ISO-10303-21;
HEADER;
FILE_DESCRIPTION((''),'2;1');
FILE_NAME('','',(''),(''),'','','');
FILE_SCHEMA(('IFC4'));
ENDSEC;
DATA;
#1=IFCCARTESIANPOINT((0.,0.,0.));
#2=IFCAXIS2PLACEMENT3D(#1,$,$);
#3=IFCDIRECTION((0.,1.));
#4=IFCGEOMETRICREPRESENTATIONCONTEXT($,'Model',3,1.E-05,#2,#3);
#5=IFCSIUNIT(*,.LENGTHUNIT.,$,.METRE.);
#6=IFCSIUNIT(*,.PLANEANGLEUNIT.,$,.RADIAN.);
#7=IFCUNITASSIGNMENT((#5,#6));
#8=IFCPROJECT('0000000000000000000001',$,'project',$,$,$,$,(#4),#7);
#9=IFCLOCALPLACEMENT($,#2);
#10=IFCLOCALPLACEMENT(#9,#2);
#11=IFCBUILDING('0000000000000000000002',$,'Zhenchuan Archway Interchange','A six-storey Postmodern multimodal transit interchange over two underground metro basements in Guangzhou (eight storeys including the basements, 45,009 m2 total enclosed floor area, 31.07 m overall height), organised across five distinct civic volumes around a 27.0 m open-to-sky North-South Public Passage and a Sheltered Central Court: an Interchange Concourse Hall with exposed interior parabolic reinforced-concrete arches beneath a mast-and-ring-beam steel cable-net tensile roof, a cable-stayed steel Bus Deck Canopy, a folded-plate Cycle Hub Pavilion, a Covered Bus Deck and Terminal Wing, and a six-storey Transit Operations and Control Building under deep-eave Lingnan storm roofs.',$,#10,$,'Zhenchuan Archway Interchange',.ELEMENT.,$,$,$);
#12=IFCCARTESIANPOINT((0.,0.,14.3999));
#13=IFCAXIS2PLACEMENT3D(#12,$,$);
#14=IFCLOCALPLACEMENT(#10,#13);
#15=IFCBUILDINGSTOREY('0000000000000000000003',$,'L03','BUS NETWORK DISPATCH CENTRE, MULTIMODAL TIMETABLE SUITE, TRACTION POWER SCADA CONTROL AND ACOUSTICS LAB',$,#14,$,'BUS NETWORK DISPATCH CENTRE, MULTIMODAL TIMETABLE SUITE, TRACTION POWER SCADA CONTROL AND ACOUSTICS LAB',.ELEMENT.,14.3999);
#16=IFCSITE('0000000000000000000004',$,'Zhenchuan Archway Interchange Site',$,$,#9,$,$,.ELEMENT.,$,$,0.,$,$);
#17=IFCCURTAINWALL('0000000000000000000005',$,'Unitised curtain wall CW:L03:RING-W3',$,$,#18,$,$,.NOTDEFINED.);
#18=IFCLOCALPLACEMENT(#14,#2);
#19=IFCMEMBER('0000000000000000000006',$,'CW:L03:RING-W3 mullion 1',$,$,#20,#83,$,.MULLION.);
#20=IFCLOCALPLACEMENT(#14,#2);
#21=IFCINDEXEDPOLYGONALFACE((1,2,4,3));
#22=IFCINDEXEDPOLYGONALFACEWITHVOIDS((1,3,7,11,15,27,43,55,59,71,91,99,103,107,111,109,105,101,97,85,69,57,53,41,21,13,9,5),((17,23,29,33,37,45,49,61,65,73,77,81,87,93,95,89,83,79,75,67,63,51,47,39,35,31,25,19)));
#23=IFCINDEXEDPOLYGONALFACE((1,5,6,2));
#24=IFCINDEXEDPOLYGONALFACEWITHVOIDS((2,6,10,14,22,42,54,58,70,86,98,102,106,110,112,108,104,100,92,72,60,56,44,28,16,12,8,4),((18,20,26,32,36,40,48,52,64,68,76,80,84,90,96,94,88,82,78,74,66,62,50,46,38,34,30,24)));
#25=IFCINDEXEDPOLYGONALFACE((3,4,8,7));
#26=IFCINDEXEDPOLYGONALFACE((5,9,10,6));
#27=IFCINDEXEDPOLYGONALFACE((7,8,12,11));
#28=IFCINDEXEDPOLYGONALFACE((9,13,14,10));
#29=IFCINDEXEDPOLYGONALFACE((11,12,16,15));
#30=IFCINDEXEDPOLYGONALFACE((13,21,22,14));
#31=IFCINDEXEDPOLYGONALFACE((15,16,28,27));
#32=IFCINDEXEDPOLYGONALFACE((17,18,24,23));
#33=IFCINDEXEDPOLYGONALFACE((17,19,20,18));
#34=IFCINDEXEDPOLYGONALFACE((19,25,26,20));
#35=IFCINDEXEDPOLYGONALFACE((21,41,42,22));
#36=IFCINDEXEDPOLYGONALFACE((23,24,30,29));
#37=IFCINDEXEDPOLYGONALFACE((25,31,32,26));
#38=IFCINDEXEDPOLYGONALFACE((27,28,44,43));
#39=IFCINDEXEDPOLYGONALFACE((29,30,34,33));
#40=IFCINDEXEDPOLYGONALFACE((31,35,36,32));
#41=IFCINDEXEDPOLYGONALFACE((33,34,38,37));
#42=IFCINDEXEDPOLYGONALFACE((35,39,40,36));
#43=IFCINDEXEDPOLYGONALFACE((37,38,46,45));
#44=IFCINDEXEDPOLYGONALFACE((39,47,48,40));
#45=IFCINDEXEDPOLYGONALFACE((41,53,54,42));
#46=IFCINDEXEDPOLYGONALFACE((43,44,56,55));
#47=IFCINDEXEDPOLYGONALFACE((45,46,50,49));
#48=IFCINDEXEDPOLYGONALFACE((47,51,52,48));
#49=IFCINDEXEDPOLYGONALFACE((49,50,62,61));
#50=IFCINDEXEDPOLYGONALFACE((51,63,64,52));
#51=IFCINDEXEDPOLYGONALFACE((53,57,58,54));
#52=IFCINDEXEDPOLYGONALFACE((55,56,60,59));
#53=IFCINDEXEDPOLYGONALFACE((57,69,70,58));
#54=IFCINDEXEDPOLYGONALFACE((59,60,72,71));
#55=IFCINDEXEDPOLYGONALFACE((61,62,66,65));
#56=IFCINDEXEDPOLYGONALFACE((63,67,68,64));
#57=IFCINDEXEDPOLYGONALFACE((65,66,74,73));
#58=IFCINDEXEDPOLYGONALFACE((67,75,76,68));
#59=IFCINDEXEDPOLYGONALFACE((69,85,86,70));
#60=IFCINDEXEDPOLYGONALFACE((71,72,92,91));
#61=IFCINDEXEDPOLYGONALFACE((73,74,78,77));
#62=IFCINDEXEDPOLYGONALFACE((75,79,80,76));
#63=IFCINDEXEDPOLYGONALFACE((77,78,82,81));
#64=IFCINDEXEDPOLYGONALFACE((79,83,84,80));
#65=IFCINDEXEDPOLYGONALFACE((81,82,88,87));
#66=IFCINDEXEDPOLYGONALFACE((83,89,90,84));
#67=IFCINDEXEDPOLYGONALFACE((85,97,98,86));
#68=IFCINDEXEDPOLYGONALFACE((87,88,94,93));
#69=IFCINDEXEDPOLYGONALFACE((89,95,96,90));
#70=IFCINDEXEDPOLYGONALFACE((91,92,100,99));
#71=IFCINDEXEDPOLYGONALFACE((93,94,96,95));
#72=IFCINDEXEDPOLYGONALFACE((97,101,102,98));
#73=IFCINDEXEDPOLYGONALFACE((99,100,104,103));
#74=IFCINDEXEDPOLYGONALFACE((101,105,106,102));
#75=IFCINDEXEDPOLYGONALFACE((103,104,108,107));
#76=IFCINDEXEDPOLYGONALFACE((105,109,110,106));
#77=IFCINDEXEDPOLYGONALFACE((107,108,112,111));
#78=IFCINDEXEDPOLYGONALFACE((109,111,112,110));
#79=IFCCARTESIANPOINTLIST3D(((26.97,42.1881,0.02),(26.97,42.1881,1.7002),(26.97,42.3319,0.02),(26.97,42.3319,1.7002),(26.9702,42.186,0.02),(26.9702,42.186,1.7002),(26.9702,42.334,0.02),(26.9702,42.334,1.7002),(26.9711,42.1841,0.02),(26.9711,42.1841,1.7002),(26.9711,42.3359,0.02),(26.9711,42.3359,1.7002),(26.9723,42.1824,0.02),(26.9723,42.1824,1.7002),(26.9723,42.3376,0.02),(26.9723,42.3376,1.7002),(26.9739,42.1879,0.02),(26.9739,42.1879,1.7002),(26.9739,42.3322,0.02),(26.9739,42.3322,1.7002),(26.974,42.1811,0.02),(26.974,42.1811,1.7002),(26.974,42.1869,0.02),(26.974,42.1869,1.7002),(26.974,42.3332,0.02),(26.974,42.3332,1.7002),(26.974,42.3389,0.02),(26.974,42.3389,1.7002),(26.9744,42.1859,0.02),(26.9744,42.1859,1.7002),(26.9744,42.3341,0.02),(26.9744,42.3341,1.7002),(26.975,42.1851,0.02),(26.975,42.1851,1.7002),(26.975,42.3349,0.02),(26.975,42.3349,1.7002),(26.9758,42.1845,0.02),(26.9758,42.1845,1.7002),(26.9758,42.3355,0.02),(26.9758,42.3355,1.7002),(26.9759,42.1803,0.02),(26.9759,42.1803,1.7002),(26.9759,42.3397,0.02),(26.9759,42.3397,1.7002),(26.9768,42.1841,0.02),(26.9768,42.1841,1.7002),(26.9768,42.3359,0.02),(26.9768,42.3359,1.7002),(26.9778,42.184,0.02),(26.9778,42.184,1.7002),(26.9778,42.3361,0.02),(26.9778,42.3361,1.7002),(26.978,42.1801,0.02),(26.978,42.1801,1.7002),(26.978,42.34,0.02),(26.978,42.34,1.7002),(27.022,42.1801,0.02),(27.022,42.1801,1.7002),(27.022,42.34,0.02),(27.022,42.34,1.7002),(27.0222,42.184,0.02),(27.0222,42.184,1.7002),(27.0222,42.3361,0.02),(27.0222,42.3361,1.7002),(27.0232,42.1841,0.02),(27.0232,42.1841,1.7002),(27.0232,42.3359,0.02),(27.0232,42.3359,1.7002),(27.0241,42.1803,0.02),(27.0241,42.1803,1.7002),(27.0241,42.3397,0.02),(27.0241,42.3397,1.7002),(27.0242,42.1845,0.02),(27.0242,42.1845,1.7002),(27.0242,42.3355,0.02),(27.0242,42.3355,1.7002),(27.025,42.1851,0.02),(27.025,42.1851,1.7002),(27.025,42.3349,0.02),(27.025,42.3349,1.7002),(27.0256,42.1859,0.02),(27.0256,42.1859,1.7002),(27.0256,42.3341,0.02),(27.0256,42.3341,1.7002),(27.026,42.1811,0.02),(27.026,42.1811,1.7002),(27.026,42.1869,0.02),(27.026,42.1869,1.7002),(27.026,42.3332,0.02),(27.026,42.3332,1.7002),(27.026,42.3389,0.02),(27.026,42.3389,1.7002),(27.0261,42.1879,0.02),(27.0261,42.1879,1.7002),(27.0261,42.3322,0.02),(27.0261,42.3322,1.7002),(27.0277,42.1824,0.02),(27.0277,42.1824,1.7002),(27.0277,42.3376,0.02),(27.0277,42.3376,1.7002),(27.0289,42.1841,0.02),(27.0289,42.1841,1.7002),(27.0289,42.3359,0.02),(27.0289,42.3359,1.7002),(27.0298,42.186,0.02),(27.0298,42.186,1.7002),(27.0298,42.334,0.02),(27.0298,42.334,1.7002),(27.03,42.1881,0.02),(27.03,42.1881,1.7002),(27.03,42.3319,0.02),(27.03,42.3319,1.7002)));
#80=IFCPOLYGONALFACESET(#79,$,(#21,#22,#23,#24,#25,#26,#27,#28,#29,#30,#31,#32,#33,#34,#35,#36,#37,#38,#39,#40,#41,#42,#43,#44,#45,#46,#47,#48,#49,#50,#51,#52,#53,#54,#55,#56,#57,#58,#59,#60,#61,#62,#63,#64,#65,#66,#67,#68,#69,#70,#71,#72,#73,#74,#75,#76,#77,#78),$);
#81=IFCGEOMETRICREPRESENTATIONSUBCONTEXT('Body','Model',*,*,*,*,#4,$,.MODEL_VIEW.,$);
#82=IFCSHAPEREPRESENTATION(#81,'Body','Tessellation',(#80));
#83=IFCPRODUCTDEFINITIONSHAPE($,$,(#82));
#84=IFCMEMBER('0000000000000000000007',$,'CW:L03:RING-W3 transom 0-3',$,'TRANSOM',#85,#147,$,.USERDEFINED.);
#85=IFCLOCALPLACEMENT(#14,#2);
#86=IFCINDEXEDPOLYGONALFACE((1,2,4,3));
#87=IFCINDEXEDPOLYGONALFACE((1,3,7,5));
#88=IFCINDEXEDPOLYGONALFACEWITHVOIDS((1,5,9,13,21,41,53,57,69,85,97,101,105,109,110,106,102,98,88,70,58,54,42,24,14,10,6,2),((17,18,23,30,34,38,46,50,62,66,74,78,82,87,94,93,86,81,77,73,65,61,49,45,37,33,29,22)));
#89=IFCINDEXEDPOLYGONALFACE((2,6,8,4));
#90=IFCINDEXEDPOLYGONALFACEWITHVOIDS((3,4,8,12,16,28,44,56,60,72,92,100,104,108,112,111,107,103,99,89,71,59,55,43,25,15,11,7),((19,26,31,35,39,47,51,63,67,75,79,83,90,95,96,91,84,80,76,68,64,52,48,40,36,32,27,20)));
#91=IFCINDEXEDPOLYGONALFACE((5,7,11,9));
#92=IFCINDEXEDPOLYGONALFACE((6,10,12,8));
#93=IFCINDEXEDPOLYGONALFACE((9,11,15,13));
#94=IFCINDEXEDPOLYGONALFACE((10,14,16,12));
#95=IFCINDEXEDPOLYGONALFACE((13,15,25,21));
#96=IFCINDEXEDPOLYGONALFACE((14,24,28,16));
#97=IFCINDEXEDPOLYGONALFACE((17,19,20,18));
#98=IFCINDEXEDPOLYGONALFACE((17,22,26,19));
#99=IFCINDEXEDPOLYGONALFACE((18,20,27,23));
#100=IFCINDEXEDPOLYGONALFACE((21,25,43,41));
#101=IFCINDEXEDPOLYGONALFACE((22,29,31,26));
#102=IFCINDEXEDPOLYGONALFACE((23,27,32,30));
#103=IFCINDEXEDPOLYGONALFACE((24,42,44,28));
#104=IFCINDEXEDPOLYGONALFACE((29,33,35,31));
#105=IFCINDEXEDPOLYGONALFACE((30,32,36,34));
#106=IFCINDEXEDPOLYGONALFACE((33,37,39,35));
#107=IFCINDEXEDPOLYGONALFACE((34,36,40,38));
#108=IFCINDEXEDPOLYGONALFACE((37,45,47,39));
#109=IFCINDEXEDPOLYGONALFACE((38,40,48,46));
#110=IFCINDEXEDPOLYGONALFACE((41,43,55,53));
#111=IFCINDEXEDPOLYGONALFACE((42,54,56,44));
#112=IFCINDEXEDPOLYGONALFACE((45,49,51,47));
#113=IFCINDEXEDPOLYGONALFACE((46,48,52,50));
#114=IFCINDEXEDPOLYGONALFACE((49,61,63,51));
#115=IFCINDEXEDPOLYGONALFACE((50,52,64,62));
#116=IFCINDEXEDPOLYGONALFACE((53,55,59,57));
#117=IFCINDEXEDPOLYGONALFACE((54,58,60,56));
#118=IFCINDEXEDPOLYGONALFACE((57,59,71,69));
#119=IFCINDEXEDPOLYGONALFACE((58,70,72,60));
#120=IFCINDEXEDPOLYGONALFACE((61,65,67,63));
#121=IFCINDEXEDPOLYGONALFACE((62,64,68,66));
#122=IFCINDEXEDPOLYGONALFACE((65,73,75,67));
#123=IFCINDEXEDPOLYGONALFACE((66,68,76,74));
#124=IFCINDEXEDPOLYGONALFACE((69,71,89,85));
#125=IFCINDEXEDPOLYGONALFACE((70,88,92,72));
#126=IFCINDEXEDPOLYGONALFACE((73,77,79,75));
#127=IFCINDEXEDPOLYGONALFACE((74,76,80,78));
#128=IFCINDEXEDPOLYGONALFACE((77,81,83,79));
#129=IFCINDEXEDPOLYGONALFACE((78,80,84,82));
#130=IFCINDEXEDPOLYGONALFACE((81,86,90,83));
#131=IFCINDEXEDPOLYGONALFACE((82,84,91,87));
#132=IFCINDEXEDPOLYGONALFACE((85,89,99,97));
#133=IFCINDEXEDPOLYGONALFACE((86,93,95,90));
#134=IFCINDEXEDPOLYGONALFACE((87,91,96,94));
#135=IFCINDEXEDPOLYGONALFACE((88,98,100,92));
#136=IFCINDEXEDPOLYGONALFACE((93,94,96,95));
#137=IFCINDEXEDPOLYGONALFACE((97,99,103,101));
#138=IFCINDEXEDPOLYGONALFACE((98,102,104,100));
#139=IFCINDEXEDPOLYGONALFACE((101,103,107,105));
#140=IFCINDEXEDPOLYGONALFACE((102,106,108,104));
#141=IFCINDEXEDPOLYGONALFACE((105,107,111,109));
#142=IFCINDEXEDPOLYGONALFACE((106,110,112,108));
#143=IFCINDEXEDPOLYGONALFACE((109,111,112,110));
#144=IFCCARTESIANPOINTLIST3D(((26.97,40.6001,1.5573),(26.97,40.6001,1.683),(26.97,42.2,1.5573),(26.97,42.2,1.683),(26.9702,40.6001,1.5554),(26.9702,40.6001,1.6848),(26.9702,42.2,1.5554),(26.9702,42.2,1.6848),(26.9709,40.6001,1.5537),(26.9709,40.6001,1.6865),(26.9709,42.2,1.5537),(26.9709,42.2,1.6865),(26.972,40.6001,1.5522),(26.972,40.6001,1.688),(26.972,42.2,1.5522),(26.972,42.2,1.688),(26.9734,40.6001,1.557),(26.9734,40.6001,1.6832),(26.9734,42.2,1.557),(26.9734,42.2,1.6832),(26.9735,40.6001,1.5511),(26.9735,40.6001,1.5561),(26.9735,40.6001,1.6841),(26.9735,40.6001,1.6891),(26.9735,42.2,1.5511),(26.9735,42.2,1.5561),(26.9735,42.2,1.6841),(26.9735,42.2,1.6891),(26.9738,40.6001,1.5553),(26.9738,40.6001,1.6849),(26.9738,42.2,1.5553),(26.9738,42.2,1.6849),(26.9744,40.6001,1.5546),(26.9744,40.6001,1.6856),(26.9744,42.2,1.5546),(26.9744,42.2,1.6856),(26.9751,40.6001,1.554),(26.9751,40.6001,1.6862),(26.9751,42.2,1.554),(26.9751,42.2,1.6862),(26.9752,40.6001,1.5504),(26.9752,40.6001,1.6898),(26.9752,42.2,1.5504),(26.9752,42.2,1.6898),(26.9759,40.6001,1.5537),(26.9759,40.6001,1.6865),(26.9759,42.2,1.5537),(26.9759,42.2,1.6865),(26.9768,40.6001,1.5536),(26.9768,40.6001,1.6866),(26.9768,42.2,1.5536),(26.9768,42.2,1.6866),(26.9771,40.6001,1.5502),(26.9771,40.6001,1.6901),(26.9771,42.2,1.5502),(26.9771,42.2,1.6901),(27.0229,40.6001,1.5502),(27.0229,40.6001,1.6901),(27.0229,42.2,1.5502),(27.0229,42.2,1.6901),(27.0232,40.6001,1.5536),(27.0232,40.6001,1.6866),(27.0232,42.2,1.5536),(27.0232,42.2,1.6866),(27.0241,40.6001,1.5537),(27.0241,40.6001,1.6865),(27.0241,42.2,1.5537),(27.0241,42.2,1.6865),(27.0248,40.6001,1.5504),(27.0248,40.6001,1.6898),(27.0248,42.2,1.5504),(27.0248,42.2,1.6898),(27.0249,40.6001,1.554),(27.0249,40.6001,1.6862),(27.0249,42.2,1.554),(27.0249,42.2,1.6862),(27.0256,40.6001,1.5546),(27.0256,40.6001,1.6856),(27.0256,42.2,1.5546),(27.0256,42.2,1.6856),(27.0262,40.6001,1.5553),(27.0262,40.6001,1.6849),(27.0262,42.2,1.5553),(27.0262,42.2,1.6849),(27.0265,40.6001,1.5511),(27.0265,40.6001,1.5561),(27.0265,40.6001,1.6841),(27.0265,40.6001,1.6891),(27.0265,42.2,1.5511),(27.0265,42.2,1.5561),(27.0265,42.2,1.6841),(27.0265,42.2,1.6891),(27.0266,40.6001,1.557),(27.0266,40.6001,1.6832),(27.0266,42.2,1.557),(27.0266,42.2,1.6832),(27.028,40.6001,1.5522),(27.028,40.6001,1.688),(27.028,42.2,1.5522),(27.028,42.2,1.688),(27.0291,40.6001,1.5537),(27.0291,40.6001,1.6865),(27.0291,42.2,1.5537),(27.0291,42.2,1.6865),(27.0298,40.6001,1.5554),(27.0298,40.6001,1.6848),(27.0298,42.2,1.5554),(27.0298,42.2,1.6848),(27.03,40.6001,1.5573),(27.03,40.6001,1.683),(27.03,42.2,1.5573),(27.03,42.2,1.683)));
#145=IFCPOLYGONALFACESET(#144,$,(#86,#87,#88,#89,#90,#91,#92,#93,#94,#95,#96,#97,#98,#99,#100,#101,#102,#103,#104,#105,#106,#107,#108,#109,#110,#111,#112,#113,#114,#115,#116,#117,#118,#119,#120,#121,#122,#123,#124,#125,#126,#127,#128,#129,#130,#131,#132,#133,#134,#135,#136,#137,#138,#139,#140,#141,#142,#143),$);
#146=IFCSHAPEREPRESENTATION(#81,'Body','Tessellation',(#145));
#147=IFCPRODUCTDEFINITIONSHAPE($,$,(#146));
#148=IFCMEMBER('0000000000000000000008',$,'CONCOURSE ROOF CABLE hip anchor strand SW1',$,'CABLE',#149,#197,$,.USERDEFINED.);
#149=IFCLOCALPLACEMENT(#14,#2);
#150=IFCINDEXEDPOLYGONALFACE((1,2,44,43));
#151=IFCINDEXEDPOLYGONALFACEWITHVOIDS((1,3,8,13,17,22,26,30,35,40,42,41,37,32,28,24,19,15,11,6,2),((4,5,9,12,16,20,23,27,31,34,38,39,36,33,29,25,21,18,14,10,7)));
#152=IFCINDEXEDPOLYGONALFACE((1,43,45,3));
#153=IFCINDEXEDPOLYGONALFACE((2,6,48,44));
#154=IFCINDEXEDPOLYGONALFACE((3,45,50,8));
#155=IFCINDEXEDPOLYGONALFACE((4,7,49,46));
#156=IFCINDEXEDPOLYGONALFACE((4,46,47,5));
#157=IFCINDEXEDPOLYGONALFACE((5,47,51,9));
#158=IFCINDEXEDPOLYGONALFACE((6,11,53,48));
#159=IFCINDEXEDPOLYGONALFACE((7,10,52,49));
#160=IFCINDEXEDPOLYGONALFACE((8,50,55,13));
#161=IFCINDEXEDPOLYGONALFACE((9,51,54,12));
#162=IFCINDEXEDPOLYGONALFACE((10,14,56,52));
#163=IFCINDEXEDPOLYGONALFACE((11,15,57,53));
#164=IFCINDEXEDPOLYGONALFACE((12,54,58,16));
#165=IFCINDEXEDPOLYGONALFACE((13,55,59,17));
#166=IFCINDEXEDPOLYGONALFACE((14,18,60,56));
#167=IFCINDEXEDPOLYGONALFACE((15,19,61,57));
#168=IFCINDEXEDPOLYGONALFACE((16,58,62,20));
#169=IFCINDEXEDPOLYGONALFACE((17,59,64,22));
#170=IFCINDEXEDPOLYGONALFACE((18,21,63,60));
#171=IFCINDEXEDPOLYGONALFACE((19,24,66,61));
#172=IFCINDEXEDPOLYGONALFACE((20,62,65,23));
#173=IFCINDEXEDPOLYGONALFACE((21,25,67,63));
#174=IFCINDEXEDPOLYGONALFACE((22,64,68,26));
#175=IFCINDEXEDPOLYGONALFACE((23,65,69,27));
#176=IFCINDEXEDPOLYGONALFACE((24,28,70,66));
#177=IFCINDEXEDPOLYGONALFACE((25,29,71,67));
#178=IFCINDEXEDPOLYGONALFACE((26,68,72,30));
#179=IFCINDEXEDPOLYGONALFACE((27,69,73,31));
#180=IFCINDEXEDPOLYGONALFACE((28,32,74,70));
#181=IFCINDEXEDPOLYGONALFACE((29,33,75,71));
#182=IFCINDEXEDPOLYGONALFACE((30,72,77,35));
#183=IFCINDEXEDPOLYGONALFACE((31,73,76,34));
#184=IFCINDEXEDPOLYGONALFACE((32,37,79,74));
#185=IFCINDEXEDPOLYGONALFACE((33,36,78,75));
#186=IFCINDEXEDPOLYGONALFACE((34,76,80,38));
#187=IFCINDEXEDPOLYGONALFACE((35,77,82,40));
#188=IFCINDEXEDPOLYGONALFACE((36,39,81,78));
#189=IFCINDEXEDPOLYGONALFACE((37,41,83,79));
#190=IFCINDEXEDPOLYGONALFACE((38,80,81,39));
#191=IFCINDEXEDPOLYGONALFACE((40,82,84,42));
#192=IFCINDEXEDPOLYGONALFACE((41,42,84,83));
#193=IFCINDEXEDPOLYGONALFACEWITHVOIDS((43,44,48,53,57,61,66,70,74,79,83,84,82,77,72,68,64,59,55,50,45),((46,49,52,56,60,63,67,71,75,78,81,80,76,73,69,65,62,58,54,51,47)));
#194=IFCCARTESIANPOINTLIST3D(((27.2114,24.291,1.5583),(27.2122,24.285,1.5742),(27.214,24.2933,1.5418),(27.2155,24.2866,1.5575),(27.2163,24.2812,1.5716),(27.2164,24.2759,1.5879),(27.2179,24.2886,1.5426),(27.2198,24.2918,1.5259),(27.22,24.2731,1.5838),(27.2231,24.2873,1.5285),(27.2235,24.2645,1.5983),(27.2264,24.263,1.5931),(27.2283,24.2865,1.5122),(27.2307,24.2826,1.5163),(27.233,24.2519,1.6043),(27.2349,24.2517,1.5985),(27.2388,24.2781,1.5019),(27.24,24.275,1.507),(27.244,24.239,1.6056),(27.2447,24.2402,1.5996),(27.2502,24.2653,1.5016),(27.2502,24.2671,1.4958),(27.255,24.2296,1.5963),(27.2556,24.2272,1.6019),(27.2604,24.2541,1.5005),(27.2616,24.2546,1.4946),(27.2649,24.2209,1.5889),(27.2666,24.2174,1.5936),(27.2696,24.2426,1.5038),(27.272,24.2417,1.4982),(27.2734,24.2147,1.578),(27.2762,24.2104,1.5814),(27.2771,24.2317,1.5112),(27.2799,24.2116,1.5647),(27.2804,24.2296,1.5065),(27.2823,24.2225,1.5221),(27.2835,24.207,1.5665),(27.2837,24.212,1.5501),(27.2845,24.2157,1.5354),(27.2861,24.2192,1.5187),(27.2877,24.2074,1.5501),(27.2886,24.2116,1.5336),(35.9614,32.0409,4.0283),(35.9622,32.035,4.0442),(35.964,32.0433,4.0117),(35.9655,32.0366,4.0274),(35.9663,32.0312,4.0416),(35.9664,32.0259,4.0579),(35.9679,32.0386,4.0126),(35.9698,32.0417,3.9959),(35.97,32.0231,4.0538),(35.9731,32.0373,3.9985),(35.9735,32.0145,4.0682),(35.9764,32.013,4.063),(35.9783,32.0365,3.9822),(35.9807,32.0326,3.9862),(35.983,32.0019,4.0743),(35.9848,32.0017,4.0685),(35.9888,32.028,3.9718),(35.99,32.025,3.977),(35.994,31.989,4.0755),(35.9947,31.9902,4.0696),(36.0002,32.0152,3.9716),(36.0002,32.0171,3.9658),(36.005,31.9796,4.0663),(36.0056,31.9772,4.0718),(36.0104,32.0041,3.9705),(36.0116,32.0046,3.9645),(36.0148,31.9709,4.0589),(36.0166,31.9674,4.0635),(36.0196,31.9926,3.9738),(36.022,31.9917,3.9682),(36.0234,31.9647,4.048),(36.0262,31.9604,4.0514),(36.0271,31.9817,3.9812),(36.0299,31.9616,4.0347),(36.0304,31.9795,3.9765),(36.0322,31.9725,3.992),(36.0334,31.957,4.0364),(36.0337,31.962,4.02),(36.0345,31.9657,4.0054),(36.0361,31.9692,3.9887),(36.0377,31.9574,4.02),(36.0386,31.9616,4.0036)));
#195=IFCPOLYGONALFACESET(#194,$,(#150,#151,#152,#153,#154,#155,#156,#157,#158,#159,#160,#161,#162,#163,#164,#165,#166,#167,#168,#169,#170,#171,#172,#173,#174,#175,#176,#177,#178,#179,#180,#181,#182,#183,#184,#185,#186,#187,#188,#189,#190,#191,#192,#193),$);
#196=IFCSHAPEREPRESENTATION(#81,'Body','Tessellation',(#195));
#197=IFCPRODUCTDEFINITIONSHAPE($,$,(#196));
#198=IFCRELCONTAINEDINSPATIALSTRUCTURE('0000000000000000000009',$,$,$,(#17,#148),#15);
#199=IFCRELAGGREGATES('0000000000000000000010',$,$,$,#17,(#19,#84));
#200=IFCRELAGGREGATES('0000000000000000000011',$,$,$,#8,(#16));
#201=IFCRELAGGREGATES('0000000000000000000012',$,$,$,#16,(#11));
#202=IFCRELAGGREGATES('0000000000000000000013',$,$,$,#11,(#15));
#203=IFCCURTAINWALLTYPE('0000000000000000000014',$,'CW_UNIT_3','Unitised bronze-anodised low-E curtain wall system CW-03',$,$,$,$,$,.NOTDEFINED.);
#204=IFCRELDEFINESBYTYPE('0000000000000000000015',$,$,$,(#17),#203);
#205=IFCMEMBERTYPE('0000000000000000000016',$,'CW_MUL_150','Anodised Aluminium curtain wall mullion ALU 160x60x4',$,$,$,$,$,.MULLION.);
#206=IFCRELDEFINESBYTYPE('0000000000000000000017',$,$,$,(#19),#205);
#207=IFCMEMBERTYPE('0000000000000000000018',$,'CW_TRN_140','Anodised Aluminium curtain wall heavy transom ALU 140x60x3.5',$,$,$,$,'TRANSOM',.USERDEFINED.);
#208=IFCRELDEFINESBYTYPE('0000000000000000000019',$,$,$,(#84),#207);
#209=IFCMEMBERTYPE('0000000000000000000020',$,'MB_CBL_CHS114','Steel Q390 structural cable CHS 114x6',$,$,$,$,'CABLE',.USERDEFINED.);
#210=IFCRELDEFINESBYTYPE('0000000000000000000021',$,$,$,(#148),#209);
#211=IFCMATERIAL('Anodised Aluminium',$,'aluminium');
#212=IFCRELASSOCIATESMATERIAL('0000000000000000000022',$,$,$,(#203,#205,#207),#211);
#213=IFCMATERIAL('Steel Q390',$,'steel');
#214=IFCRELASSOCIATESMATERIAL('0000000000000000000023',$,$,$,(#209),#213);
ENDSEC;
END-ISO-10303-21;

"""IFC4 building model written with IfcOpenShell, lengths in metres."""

from ifc_helpers import new_model, si_unit, direction, frame, origin, origin_2d, place, context, subcontext, project, spatial, hollow_rectangle, hollow_circle, extrude, material, material_profile, profile_set, type_object, element, aggregate, save


model = new_model("IFC4")

# Units and contexts
model_context = context("Model", 3, precision=1e-05, world=origin(), true_north=direction((0.0, 1.0)))
body_context = subcontext(model_context, "Body", "Model", "MODEL_VIEW")
ifc_project = project(units=[si_unit("LENGTHUNIT", "METRE"), si_unit("PLANEANGLEUNIT", "RADIAN")], contexts=[model_context])

# Site, building, storey
site_placement = place(None, origin())
site = spatial("IfcSite", under=ifc_project, at=site_placement, Name="Zhenchuan Archway Interchange Site", CompositionType="ELEMENT", RefElevation=0.0)
building_placement = place(site_placement, origin())
building = spatial("IfcBuilding", under=site, at=building_placement, Name="Zhenchuan Archway Interchange", Description="A six-storey Postmodern multimodal transit interchange over two underground metro basements in Guangzhou (eight storeys including the basements, 45,009 m2 total enclosed floor area, 31.07 m overall height), organised across five distinct civic volumes around a 27.0 m open-to-sky North-South Public Passage and a Sheltered Central Court: an Interchange Concourse Hall with exposed interior parabolic reinforced-concrete arches beneath a mast-and-ring-beam steel cable-net tensile roof, a cable-stayed steel Bus Deck Canopy, a folded-plate Cycle Hub Pavilion, a Covered Bus Deck and Terminal Wing, and a six-storey Transit Operations and Control Building under deep-eave Lingnan storm roofs.", LongName="Zhenchuan Archway Interchange", CompositionType="ELEMENT")
storey_placement = place(building_placement, frame((0.0, 0.0, 14.3999)))
storey = spatial("IfcBuildingStorey", under=building, at=storey_placement, Name="L03", Description="BUS NETWORK DISPATCH CENTRE, MULTIMODAL TIMETABLE SUITE, TRACTION POWER SCADA CONTROL AND ACOUSTICS LAB", LongName="BUS NETWORK DISPATCH CENTRE, MULTIMODAL TIMETABLE SUITE, TRACTION POWER SCADA CONTROL AND ACOUSTICS LAB", CompositionType="ELEMENT", Elevation=14.3999)

# Shared definitions
ifc_material_1 = material(Name="Steel Q390", Category="steel")

# Curtain wall, members
ifc_material_2 = material(Name="Anodised Aluminium", Category="aluminium")
curtain_wall_type = type_object("IfcCurtainWallType", Name="CW_UNIT_3", Description="Unitised bronze-anodised low-E curtain wall system CW-03", PredefinedType="NOTDEFINED", material=ifc_material_2)
curtain_wall_placement = place(storey_placement, origin())
curtain_wall = element("IfcCurtainWall", 1, at=curtain_wall_placement, inside=storey, type_object=curtain_wall_type, Name="Unitised curtain wall CW:L03:RING-W3", PredefinedType="NOTDEFINED")
ifc_material_profile_1 = material_profile(ifc_material_2, hollow_rectangle(XDim=0.0601, YDim=0.1599, WallThickness=0.0039, InnerFilletRadius=0.0039, OuterFilletRadius=0.0081, at=origin_2d()), Name="ALU 160x60x4")
ifc_profile_set_1 = profile_set([ifc_material_profile_1], Name="Anodised Aluminium")
member_type_1 = type_object("IfcMemberType", Name="CW_MUL_150", Description="Anodised Aluminium curtain wall mullion ALU 160x60x4", PredefinedType="MULLION", material=ifc_profile_set_1)
member_1_placement = place(storey_placement, frame((27.0, 42.26, 0.02), z_axis=(0.0, 0.0, 1.0), x_axis=(1.0, 0.0, 0.0)))
member_1 = element("IfcMember", 2, at=member_1_placement, type_object=member_type_1, Name="CW:L03:RING-W3 mullion 1", PredefinedType="MULLION", context=body_context, shape_type="SweptSolid", body=[
    extrude(hollow_rectangle(XDim=0.0601, YDim=0.1599, WallThickness=0.0039, InnerFilletRadius=0.0039, OuterFilletRadius=0.0081, at=origin_2d()), origin(), (0.0, 0.0, 1.0), 1.6802),
])
ifc_material_profile_2 = material_profile(ifc_material_2, hollow_rectangle(XDim=0.0601, YDim=0.1399, WallThickness=0.0034, InnerFilletRadius=0.0034, OuterFilletRadius=0.0071, at=origin_2d()), Name="ALU 140x60x3.5")
ifc_profile_set_2 = profile_set([ifc_material_profile_2], Name="Anodised Aluminium")
member_type_2 = type_object("IfcMemberType", Name="CW_TRN_140", Description="Anodised Aluminium curtain wall heavy transom ALU 140x60x3.5", ElementType="TRANSOM", PredefinedType="USERDEFINED", material=ifc_profile_set_2)
member_2_placement = place(storey_placement, frame((27.0, 40.6001, 1.6201), z_axis=(0.0, 1.0, 0.0), x_axis=(-1.0, 0.0, 0.0)))
member_2 = element("IfcMember", 3, at=member_2_placement, type_object=member_type_2, Name="CW:L03:RING-W3 transom 0-3", ObjectType="TRANSOM", PredefinedType="USERDEFINED", context=body_context, shape_type="SweptSolid", body=[
    extrude(hollow_rectangle(XDim=0.0601, YDim=0.1399, WallThickness=0.0034, InnerFilletRadius=0.0034, OuterFilletRadius=0.0071, at=origin_2d()), origin(), (0.0, 0.0, 1.0), 1.5999),
])

# Member
ifc_material_profile_3 = material_profile(ifc_material_1, hollow_circle(Radius=0.0569, WallThickness=0.0061, at=origin_2d()), Name="CHS 114x6")
ifc_profile_set_3 = profile_set([ifc_material_profile_3], Name="Steel Q390")
member_type_3 = type_object("IfcMemberType", Name="MB_CBL_CHS114", Description="Steel Q390 structural cable CHS 114x6", ElementType="CABLE", PredefinedType="USERDEFINED", material=ifc_profile_set_3)
member_3_placement = place(storey_placement, frame((36.0, 32.0, 4.02), z_axis=(-0.732414, -0.64871, -0.206748), x_axis=(0.663035, -0.748588, 0.0)))
element("IfcMember", 4, at=member_3_placement, inside=storey, type_object=member_type_3, Name="CONCOURSE ROOF CABLE hip anchor strand SW1", ObjectType="CABLE", PredefinedType="USERDEFINED", context=body_context, shape_type="SweptSolid", body=[
    extrude(hollow_circle(Radius=0.0569, WallThickness=0.0061, at=origin_2d()), origin(), (0.0, 0.0, 1.0), 11.9468),
])

aggregate(curtain_wall, [member_1, member_2])

save(model, "model.ifc")
